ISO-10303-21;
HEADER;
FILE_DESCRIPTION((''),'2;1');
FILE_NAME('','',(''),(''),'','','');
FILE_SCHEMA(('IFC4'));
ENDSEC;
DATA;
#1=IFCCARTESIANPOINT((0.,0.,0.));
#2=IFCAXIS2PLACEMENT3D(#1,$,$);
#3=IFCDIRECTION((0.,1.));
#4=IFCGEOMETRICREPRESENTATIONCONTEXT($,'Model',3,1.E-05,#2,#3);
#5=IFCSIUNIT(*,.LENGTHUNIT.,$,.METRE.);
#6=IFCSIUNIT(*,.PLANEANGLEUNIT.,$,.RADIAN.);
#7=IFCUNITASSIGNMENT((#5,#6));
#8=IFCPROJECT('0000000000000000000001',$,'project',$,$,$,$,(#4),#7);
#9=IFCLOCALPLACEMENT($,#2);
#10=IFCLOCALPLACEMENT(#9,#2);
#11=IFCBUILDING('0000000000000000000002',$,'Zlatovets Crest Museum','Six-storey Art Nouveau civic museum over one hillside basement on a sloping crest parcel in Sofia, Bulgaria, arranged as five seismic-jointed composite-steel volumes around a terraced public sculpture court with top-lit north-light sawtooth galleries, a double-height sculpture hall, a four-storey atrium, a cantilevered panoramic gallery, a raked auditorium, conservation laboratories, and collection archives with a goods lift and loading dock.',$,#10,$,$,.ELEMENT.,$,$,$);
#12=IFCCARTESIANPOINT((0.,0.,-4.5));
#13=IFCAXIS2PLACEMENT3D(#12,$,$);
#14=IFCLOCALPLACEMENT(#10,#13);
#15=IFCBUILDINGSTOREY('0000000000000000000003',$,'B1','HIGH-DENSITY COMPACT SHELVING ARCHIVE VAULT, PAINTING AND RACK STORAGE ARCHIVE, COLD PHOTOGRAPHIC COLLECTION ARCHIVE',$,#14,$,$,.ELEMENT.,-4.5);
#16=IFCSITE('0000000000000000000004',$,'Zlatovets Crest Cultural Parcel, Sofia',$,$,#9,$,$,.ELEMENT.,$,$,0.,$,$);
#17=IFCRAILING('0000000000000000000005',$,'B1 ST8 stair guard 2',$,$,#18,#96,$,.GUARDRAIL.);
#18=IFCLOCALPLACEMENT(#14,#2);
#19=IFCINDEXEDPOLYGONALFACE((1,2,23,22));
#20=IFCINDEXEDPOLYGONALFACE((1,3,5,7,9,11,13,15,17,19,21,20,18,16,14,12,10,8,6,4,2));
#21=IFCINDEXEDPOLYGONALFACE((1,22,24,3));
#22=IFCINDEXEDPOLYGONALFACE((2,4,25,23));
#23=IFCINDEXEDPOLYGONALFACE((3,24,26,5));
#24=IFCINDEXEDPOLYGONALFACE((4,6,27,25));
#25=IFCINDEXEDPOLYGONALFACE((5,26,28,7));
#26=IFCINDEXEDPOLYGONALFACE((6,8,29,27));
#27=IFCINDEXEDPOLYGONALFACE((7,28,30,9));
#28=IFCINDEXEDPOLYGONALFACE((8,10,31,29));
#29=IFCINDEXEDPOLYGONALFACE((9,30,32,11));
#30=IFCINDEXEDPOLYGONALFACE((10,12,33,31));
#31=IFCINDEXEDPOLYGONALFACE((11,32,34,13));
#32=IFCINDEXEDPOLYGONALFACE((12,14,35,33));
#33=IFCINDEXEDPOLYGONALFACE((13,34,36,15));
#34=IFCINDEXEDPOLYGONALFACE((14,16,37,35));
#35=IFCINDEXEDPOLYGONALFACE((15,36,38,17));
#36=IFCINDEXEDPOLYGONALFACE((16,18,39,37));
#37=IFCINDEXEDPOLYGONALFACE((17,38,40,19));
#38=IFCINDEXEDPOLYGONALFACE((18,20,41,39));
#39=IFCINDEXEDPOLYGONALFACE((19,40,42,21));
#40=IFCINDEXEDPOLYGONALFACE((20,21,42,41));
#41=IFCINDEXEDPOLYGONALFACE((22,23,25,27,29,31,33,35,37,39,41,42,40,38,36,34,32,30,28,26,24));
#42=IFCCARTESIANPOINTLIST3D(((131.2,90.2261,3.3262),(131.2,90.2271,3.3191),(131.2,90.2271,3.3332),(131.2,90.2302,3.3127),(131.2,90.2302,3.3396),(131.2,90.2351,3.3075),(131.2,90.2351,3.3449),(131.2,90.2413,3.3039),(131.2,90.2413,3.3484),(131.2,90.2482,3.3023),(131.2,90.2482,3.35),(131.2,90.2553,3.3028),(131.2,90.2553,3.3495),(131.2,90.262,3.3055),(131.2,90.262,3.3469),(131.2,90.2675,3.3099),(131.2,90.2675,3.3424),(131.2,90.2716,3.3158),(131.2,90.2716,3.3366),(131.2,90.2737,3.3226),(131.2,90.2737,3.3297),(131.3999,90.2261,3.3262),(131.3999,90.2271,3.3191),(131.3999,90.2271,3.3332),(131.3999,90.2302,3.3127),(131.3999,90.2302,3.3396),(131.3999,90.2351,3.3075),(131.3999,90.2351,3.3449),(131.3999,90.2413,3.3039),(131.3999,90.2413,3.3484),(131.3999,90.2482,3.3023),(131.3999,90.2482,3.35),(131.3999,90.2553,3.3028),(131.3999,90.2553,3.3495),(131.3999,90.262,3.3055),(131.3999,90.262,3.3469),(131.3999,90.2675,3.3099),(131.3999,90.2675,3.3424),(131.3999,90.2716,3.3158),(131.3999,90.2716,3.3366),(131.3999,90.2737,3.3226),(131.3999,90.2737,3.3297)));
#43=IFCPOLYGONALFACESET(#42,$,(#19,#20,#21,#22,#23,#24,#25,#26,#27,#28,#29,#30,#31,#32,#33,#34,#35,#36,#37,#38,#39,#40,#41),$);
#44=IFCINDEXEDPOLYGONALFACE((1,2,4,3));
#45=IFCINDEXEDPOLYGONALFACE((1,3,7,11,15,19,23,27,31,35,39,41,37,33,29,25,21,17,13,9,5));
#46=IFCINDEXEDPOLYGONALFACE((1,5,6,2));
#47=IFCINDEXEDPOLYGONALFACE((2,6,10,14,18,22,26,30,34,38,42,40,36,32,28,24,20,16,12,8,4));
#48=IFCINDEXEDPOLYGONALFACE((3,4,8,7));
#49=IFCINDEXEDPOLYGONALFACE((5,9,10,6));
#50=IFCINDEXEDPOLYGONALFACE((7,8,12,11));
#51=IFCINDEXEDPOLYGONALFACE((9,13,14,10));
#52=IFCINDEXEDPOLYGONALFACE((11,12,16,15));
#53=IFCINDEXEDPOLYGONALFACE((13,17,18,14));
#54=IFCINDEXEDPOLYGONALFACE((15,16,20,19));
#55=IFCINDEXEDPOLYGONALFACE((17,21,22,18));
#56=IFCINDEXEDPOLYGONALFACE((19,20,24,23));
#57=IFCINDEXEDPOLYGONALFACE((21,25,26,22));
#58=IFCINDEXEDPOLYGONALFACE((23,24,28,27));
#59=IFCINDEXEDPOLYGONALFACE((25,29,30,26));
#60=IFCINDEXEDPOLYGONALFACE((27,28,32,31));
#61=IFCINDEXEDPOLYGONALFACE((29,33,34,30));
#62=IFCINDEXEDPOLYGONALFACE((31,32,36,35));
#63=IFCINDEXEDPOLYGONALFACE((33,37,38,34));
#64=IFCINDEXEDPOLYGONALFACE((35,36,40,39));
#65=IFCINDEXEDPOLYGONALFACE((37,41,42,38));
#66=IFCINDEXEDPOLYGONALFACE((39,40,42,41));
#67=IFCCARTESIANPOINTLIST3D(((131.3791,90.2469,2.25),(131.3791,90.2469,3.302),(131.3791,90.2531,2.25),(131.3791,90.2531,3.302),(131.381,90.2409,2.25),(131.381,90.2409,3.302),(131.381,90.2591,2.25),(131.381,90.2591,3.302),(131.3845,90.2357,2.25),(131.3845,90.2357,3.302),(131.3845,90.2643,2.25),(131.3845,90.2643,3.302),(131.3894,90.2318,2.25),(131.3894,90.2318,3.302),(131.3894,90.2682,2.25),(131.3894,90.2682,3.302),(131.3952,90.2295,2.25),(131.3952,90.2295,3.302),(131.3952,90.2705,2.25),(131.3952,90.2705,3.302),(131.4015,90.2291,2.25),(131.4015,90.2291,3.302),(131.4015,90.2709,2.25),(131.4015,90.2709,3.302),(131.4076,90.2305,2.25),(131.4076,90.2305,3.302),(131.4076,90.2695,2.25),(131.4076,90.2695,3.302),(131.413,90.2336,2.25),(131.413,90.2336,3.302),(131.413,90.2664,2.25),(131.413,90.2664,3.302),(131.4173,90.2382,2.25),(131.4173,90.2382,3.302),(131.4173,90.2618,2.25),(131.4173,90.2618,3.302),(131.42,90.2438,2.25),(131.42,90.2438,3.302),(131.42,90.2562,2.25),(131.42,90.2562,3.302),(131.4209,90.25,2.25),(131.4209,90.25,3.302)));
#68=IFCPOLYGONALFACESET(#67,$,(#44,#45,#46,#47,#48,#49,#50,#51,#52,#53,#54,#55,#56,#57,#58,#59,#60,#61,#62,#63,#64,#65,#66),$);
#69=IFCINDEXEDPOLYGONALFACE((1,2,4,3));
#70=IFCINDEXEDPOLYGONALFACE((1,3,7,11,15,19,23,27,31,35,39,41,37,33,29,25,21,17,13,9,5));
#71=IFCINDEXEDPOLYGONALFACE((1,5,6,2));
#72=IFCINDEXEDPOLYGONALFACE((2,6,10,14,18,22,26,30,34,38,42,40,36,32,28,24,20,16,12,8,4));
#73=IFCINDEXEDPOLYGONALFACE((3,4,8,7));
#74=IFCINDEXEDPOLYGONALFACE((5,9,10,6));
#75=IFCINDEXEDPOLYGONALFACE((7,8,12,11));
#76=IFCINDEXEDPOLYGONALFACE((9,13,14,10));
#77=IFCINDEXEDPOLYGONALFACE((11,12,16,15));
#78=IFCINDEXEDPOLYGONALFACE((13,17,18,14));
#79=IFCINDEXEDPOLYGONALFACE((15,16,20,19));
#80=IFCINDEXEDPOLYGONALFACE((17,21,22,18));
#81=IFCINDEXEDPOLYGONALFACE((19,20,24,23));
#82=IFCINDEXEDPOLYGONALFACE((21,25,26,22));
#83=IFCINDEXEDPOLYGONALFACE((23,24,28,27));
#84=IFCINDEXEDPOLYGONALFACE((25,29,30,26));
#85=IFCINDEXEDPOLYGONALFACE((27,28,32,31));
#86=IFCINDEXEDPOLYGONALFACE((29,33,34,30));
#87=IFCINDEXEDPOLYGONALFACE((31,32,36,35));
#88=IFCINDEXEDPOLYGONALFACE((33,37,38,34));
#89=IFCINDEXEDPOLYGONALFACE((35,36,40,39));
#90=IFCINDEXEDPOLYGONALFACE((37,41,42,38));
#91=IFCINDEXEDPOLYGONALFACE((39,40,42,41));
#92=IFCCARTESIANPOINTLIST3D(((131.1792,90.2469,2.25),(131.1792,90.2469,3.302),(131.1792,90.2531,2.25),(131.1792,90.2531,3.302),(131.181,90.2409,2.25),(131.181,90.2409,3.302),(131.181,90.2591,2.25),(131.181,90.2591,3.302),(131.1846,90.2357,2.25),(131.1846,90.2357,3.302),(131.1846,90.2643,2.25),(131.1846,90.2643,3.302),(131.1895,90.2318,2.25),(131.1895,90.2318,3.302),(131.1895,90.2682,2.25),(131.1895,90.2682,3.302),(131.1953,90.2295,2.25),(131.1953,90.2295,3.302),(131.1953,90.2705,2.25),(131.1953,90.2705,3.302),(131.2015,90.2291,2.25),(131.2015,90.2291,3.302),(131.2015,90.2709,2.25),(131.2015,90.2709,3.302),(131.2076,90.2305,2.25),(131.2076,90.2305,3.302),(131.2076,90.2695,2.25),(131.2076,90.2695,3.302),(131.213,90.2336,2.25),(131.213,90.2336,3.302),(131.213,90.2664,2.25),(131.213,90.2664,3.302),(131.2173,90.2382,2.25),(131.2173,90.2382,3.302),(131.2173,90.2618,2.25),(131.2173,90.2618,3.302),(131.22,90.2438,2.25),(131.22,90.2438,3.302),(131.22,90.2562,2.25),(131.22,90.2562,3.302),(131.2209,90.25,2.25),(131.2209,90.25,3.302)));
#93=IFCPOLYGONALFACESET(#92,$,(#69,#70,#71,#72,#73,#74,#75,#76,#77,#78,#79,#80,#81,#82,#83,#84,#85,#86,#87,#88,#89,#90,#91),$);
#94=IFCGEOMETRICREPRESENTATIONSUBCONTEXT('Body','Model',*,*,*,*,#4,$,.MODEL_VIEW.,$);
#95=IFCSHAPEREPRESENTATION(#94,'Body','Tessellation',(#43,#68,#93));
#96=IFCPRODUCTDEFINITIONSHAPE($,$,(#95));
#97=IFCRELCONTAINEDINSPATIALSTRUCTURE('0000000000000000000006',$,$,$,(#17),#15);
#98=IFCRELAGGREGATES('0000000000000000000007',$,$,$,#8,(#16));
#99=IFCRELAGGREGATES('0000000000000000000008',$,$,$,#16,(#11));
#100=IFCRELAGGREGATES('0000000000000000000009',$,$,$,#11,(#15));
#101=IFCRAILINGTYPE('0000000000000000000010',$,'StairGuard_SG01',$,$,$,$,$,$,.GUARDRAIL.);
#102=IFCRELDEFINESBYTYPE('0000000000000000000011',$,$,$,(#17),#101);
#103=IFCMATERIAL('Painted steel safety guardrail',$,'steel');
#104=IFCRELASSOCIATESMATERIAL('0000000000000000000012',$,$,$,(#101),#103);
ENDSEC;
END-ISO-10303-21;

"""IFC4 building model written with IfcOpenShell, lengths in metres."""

from ifc_helpers import new_model, si_unit, direction, frame, origin, origin_2d, place, context, subcontext, project, spatial, circle, extrude, material, type_object, element, save


model = new_model("IFC4")

# Units and contexts
model_context = context("Model", 3, precision=1e-05, world=origin(), true_north=direction((0.0, 1.0)))
body_context = subcontext(model_context, "Body", "Model", "MODEL_VIEW")
ifc_project = project(units=[si_unit("LENGTHUNIT", "METRE"), si_unit("PLANEANGLEUNIT", "RADIAN")], contexts=[model_context])

# Site, building, storey
site_placement = place(None, origin())
site = spatial("IfcSite", under=ifc_project, at=site_placement, Name="Zlatovets Crest Cultural Parcel, Sofia", CompositionType="ELEMENT", RefElevation=0.0)
building_placement = place(site_placement, origin())
building = spatial("IfcBuilding", under=site, at=building_placement, Name="Zlatovets Crest Museum", Description="Six-storey Art Nouveau civic museum over one hillside basement on a sloping crest parcel in Sofia, Bulgaria, arranged as five seismic-jointed composite-steel volumes around a terraced public sculpture court with top-lit north-light sawtooth galleries, a double-height sculpture hall, a four-storey atrium, a cantilevered panoramic gallery, a raked auditorium, conservation laboratories, and collection archives with a goods lift and loading dock.", CompositionType="ELEMENT")
storey_placement = place(building_placement, frame((0.0, 0.0, -4.5)))
storey = spatial("IfcBuildingStorey", under=building, at=storey_placement, Name="B1", Description="HIGH-DENSITY COMPACT SHELVING ARCHIVE VAULT, PAINTING AND RACK STORAGE ARCHIVE, COLD PHOTOGRAPHIC COLLECTION ARCHIVE", CompositionType="ELEMENT", Elevation=-4.5)

# Railing
ifc_material_1 = material(Name="Painted steel safety guardrail", Category="steel")
railing_type_1 = type_object("IfcRailingType", Name="StairGuard_SG01", PredefinedType="GUARDRAIL", material=ifc_material_1)
railing_1_placement = place(storey_placement, frame((131.3999, 90.25, 2.25)))
element("IfcRailing", 1, at=railing_1_placement, inside=storey, type_object=railing_type_1, Name="B1 ST8 stair guard 2", PredefinedType="GUARDRAIL", context=body_context, shape_type="SweptSolid", body=[
    extrude(circle(Radius=0.0239, at=origin_2d()), frame((0.0, 0.0, 1.0762), z_axis=(-1.0, 0.0, 0.0), x_axis=(0.0, -1.0, 0.0)), (0.0, 0.0, 1.0), 0.2),
    extrude(circle(Radius=0.021, at=origin_2d()), origin(), (0.0, 0.0, 1.0), 1.052),
    extrude(circle(Radius=0.021, at=origin_2d()), frame((-0.2, 0.0, 0.0)), (0.0, 0.0, 1.0), 1.052),
])

save(model, "model.ifc")
